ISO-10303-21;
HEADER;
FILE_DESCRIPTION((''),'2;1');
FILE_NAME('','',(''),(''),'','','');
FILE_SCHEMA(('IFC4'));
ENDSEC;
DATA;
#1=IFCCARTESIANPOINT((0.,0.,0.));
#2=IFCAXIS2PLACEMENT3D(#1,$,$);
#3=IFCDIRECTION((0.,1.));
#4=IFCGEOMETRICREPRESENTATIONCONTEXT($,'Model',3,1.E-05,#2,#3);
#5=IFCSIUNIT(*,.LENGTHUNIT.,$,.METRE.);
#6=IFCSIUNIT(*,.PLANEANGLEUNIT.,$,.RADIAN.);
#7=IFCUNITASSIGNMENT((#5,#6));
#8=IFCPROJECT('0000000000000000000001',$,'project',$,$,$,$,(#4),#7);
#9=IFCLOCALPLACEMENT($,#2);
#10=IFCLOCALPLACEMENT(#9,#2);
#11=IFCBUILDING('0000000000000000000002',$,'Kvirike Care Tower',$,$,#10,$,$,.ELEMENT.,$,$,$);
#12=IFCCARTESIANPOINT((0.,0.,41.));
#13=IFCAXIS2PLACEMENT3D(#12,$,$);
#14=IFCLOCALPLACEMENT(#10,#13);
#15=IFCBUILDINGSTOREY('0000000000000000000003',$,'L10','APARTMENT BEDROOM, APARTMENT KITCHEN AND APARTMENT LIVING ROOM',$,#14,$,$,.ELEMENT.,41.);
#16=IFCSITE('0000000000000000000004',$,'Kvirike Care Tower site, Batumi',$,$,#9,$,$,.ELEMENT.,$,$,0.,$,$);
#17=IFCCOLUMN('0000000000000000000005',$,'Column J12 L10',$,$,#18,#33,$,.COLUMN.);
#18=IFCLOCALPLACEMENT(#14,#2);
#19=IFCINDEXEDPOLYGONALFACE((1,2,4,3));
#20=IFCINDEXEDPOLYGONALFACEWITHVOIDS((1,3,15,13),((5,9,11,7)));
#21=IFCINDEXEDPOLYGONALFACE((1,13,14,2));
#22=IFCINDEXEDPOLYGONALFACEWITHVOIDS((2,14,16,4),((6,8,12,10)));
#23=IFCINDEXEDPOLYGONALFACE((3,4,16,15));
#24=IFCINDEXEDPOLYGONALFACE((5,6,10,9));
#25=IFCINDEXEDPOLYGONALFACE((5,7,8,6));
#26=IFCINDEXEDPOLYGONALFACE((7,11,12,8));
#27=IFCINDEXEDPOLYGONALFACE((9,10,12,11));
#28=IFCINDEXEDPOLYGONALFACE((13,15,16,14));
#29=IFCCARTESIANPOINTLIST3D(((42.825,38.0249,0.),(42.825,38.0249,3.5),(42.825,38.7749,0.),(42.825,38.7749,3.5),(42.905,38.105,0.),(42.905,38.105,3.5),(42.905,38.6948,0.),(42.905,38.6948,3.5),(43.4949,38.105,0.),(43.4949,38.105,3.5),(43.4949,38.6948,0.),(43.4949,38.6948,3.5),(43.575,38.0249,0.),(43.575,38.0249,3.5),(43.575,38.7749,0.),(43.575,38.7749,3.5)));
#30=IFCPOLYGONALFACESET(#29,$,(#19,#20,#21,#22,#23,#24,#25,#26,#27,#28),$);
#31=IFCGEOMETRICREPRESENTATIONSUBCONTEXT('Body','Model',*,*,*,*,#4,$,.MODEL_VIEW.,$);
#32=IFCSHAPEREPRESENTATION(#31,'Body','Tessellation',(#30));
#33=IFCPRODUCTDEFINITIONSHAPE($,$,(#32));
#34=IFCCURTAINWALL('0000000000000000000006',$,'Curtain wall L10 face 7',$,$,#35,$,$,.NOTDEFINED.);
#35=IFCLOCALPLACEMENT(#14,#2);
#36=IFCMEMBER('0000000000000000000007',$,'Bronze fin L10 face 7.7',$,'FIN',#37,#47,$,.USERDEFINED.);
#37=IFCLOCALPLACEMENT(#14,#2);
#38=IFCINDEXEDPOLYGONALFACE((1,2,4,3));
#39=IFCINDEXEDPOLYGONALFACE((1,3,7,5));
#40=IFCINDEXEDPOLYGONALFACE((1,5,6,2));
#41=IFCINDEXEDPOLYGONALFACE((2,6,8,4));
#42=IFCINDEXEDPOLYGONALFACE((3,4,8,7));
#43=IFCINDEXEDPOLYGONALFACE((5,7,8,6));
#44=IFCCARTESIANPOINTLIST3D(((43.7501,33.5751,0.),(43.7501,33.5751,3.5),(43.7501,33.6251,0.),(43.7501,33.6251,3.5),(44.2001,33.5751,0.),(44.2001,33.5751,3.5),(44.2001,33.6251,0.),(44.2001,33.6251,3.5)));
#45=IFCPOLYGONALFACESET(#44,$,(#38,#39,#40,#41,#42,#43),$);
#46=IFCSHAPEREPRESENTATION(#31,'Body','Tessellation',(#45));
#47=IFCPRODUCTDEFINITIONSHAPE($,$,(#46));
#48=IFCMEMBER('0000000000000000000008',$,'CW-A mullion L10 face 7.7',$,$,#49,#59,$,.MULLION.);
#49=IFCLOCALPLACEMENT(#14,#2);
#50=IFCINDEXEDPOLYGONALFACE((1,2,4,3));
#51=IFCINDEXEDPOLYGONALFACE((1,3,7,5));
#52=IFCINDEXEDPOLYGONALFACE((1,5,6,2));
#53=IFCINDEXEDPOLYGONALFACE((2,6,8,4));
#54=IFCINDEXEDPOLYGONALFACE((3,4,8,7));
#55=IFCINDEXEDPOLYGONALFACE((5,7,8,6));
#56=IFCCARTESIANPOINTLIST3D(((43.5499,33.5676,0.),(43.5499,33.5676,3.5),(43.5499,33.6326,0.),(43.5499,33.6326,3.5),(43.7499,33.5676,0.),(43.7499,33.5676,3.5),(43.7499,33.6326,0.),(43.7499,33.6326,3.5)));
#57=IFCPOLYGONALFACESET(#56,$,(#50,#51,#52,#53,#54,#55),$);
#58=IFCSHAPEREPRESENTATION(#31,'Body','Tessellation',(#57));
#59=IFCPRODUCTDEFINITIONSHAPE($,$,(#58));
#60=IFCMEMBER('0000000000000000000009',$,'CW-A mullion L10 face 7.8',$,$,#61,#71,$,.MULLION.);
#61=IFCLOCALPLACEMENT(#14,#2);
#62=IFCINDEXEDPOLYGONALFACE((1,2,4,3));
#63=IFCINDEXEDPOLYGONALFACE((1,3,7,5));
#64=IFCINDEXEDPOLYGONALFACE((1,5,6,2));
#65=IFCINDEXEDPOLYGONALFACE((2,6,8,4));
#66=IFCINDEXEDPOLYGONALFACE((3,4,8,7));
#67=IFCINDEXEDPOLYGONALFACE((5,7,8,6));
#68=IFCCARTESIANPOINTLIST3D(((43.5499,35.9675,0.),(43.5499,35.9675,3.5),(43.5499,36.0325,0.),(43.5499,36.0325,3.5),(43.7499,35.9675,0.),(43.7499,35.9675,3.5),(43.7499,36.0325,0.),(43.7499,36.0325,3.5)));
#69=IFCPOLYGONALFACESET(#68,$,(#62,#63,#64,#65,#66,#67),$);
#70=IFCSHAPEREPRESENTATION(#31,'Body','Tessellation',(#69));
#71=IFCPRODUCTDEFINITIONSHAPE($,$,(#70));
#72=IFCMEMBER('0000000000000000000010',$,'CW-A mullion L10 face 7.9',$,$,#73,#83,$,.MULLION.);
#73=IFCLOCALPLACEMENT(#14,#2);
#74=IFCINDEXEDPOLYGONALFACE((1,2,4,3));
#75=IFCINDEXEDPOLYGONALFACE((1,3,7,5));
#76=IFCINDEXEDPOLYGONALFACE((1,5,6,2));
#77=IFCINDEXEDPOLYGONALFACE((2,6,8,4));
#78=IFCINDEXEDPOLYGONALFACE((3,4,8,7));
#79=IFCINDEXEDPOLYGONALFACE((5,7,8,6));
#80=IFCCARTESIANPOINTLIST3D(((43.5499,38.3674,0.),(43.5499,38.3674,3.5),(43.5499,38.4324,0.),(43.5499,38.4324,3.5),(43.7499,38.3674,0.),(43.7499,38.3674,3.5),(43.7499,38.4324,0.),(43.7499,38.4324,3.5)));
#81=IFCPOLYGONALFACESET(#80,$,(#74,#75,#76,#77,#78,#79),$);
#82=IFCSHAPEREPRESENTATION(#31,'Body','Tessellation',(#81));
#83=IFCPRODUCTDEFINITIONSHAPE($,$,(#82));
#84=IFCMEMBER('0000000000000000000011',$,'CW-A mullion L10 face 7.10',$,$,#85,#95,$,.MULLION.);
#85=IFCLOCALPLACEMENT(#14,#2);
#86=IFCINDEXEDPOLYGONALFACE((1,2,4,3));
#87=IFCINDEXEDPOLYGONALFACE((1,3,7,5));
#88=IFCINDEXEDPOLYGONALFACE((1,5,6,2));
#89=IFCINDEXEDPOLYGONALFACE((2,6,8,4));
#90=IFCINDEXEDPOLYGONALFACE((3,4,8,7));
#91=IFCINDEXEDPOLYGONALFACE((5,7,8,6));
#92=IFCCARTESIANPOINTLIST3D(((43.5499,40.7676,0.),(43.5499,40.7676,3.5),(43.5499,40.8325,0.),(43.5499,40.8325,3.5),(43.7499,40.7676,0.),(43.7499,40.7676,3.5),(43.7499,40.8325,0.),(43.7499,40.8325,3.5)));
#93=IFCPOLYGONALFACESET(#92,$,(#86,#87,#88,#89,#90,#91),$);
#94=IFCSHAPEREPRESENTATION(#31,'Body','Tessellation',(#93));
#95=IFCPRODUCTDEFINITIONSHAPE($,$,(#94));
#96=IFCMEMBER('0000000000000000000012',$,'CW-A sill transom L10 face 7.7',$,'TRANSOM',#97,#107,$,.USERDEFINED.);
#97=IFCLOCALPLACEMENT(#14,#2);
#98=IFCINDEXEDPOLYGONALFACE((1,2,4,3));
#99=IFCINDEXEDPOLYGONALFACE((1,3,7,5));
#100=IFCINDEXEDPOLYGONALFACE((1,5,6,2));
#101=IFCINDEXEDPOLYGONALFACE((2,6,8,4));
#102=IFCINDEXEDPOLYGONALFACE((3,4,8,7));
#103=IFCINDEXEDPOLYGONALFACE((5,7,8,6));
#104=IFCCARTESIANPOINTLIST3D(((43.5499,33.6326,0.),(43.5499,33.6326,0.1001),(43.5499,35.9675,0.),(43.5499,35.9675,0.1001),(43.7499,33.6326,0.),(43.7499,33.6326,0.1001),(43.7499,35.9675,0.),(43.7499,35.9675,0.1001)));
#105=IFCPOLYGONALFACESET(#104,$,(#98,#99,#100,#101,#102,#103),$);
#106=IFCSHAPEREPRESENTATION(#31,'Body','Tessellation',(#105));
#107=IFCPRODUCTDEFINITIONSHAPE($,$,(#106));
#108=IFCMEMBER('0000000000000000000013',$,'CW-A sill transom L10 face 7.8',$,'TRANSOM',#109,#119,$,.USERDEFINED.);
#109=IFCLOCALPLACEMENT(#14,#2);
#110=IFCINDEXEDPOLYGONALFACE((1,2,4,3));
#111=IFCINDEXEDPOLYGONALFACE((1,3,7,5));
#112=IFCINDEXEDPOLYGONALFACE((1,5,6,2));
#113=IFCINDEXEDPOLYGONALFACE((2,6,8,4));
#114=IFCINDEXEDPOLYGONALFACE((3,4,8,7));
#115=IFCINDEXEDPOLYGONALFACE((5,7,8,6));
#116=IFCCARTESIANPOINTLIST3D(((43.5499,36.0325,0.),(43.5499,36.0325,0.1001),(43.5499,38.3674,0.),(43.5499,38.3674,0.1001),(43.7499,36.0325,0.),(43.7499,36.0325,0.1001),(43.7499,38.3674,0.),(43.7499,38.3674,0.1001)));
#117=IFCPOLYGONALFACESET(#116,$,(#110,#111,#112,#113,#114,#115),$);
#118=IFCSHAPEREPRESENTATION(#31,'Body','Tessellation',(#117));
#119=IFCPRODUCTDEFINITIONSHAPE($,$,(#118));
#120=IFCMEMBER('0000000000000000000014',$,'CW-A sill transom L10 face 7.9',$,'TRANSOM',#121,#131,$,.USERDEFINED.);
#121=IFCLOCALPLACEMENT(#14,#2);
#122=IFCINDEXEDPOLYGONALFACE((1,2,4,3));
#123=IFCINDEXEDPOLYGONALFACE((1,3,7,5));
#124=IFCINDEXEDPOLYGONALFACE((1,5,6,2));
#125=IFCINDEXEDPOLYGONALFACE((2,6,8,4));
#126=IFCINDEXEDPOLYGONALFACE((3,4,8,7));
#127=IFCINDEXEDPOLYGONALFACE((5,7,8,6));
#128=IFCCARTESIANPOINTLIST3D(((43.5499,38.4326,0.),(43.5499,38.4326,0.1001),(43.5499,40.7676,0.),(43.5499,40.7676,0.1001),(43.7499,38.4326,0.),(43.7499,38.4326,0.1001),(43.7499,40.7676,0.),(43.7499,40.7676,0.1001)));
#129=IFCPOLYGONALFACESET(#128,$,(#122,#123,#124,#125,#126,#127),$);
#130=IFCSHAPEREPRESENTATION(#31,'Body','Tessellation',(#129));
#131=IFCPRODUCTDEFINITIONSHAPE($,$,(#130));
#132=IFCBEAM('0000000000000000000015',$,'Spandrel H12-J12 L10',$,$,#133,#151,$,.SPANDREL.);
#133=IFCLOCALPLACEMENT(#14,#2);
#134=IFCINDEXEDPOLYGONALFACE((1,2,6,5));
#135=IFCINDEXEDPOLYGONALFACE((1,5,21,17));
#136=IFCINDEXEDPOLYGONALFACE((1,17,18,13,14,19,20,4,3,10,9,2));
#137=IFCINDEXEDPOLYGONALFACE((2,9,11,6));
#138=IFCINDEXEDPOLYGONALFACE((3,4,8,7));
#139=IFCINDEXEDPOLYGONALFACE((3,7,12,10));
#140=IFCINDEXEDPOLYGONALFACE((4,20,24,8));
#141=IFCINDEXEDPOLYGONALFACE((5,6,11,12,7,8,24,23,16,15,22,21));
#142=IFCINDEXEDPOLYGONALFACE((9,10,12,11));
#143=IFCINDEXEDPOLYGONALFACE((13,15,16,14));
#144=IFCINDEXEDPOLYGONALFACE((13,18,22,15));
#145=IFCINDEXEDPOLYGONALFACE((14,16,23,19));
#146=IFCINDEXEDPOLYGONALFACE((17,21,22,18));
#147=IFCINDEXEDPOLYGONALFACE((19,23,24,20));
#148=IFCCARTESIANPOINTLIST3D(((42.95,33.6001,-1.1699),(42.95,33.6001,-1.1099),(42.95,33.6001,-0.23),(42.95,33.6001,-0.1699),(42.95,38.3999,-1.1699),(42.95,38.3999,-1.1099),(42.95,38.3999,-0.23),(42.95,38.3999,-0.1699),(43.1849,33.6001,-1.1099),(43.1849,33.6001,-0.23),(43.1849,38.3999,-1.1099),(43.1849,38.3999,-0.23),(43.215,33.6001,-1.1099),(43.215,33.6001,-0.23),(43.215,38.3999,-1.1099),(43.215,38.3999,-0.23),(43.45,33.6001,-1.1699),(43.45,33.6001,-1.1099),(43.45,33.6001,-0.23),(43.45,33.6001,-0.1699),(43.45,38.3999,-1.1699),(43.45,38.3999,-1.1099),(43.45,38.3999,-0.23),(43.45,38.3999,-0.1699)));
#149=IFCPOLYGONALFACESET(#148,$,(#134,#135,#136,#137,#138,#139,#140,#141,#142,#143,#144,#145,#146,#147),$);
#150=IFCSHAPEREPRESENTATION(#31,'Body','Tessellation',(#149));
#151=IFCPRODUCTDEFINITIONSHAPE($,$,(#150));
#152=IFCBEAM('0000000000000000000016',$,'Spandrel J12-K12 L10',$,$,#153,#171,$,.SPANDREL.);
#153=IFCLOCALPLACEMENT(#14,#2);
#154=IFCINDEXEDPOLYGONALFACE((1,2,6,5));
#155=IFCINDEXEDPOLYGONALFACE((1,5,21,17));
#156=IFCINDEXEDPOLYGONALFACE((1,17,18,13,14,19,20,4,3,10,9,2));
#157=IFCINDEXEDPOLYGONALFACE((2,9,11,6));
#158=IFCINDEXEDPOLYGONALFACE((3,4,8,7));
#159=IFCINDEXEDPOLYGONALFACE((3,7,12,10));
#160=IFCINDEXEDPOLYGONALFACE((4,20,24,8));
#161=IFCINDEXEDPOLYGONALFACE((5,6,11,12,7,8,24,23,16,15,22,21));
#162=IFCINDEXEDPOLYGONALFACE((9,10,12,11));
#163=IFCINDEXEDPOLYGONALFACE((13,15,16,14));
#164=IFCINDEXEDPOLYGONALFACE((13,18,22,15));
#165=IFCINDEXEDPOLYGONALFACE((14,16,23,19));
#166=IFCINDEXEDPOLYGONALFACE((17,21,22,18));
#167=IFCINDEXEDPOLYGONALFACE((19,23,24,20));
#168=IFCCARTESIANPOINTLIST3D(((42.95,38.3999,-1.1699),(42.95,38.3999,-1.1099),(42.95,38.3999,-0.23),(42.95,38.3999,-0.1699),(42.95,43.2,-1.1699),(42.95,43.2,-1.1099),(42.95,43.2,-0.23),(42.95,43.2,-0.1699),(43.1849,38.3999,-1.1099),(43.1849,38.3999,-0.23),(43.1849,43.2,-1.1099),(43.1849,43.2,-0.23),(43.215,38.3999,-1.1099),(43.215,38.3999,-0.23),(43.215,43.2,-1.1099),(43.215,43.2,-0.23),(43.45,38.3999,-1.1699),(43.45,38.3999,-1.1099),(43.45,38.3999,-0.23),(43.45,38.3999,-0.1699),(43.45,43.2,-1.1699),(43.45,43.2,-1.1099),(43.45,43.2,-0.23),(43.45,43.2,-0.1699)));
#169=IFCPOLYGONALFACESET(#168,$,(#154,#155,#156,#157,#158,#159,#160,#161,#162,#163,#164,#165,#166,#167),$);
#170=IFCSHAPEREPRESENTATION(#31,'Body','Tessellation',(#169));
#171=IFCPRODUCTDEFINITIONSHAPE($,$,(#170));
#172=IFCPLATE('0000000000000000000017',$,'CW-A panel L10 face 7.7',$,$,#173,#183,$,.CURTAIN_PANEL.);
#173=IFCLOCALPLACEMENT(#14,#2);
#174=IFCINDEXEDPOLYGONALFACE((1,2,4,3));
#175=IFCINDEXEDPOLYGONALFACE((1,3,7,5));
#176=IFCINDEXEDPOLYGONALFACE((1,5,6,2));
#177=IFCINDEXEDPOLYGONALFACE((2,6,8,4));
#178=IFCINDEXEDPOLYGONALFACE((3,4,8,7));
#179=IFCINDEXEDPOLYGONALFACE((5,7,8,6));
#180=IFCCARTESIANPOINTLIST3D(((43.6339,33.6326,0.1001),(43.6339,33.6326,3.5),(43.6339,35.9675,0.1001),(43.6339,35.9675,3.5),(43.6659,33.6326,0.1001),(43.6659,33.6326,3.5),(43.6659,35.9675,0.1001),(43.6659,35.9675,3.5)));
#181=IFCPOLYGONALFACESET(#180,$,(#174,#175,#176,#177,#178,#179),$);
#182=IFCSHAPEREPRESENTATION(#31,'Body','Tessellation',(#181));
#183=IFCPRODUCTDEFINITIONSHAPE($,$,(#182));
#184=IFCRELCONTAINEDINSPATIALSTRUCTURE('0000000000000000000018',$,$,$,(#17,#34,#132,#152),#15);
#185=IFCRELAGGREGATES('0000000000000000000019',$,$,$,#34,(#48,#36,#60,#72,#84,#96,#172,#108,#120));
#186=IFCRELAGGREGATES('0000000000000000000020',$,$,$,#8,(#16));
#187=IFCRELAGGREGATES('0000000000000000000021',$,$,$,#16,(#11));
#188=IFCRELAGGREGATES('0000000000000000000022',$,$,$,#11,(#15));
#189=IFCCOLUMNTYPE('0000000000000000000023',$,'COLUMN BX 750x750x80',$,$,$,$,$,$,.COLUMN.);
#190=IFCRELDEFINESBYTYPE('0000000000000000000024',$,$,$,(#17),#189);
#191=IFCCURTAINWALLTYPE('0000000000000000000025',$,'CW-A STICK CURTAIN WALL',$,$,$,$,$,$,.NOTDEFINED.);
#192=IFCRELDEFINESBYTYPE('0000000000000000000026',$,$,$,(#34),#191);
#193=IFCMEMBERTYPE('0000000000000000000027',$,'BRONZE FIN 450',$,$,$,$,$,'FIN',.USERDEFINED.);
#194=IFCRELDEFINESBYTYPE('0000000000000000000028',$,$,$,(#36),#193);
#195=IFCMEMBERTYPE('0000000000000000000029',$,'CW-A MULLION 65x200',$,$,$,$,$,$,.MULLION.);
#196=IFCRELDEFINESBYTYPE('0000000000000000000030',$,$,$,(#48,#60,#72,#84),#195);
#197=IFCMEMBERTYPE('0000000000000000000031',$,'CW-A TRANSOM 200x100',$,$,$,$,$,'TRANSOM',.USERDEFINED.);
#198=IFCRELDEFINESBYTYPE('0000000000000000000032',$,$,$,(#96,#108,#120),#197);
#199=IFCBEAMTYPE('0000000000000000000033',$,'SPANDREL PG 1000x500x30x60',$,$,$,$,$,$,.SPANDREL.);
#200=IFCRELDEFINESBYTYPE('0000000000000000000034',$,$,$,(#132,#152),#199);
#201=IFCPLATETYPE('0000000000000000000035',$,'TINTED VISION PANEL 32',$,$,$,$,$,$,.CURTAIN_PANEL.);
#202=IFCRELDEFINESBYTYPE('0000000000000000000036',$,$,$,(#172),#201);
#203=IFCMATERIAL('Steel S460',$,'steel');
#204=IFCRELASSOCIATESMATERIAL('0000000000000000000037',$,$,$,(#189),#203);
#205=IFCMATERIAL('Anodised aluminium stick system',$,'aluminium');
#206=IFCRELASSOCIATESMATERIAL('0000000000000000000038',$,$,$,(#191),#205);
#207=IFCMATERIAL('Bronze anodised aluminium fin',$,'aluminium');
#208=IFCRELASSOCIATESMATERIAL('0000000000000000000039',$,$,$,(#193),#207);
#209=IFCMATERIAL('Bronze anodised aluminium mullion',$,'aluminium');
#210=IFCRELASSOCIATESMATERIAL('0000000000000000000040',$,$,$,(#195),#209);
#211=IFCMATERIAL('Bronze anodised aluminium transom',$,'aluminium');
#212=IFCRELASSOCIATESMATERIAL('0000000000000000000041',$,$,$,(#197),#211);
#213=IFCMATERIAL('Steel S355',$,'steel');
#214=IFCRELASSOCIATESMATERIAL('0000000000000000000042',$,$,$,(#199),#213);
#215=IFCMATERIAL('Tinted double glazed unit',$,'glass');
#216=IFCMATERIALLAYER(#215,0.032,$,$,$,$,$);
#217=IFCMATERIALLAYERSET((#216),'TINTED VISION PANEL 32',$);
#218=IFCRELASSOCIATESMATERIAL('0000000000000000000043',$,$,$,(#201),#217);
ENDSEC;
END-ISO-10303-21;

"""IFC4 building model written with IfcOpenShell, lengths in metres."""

from ifc_helpers import new_model, si_unit, direction, frame, origin, origin_2d, place, context, subcontext, project, spatial, rectangle, hollow_rectangle, i_section, extrude, material, layer, layer_set, material_profile, profile_set, type_object, element, aggregate, save


model = new_model("IFC4")

# Units and contexts
model_context = context("Model", 3, precision=1e-05, world=origin(), true_north=direction((0.0, 1.0)))
body_context = subcontext(model_context, "Body", "Model", "MODEL_VIEW")
ifc_project = project(units=[si_unit("LENGTHUNIT", "METRE"), si_unit("PLANEANGLEUNIT", "RADIAN")], contexts=[model_context])

# Site, building, storey
site_placement = place(None, origin())
site = spatial("IfcSite", under=ifc_project, at=site_placement, Name="Kvirike Care Tower site, Batumi", CompositionType="ELEMENT", RefElevation=0.0)
building_placement = place(site_placement, origin())
building = spatial("IfcBuilding", under=site, at=building_placement, Name="Kvirike Care Tower", CompositionType="ELEMENT")
storey_placement = place(building_placement, frame((0.0, 0.0, 41.0)))
storey = spatial("IfcBuildingStorey", under=building, at=storey_placement, Name="L10", Description="APARTMENT BEDROOM, APARTMENT KITCHEN AND APARTMENT LIVING ROOM", CompositionType="ELEMENT", Elevation=41.0)

# Column
ifc_material_1 = material(Name="Steel S460", Category="steel")
ifc_material_profile_1 = material_profile(ifc_material_1, hollow_rectangle(XDim=0.75, YDim=0.75, WallThickness=0.0801, at=origin_2d()), Name="BX 750x750x80")
ifc_profile_set_1 = profile_set([ifc_material_profile_1], Name="Steel S460")
column_type = type_object("IfcColumnType", Name="COLUMN BX 750x750x80", PredefinedType="COLUMN", material=ifc_profile_set_1)
column_placement = place(storey_placement, frame((43.2, 38.3999, 0.0), z_axis=(0.0, 0.0, 1.0), x_axis=(1.0, 0.0, 0.0)))
element("IfcColumn", 1, at=column_placement, inside=storey, type_object=column_type, Name="Column J12 L10", PredefinedType="COLUMN", context=body_context, shape_type="SweptSolid", body=[
    extrude(hollow_rectangle(XDim=0.75, YDim=0.75, WallThickness=0.0801, at=origin_2d()), origin(), (0.0, 0.0, 1.0), 3.5),
])

# Curtain wall, members
ifc_material_2 = material(Name="Anodised aluminium stick system", Category="aluminium")
curtain_wall_type = type_object("IfcCurtainWallType", Name="CW-A STICK CURTAIN WALL", PredefinedType="NOTDEFINED", material=ifc_material_2)
curtain_wall_placement = place(storey_placement, origin())
curtain_wall = element("IfcCurtainWall", 2, at=curtain_wall_placement, inside=storey, type_object=curtain_wall_type, Name="Curtain wall L10 face 7", PredefinedType="NOTDEFINED")
ifc_material_3 = material(Name="Bronze anodised aluminium fin", Category="aluminium")
ifc_material_profile_2 = material_profile(ifc_material_3, rectangle(XDim=0.05, YDim=0.45, at=origin_2d()), Name="BRONZE FIN 450")
ifc_profile_set_2 = profile_set([ifc_material_profile_2], Name="Bronze anodised aluminium fin")
member_type_1 = type_object("IfcMemberType", Name="BRONZE FIN 450", ElementType="FIN", PredefinedType="USERDEFINED", material=ifc_profile_set_2)
member_1_placement = place(storey_placement, frame((43.9751, 33.6001, 0.0), z_axis=(0.0, 0.0, 1.0), x_axis=(0.0, 1.0, 0.0)))
member_1 = element("IfcMember", 3, at=member_1_placement, type_object=member_type_1, Name="Bronze fin L10 face 7.7", ObjectType="FIN", PredefinedType="USERDEFINED", context=body_context, shape_type="SweptSolid", body=[
    extrude(rectangle(XDim=0.05, YDim=0.45, at=origin_2d()), origin(), (0.0, 0.0, 1.0), 3.5),
])
ifc_material_4 = material(Name="Bronze anodised aluminium mullion", Category="aluminium")
ifc_material_profile_3 = material_profile(ifc_material_4, rectangle(XDim=0.0649, YDim=0.2, at=origin_2d()), Name="CW-A MULLION 65x200")
ifc_profile_set_3 = profile_set([ifc_material_profile_3], Name="Bronze anodised aluminium mullion")
member_type_2 = type_object("IfcMemberType", Name="CW-A MULLION 65x200", PredefinedType="MULLION", material=ifc_profile_set_3)
member_2_placement = place(storey_placement, frame((43.6499, 33.6001, 0.0), z_axis=(0.0, 0.0, 1.0), x_axis=(0.0, 1.0, 0.0)))
member_2 = element("IfcMember", 4, at=member_2_placement, type_object=member_type_2, Name="CW-A mullion L10 face 7.7", PredefinedType="MULLION", context=body_context, shape_type="SweptSolid", body=[
    extrude(rectangle(XDim=0.0649, YDim=0.2, at=origin_2d()), origin(), (0.0, 0.0, 1.0), 3.5),
])
member_3_placement = place(storey_placement, frame((43.6499, 36.0, 0.0), z_axis=(0.0, 0.0, 1.0), x_axis=(0.0, 1.0, 0.0)))
member_3 = element("IfcMember", 5, at=member_3_placement, type_object=member_type_2, Name="CW-A mullion L10 face 7.8", PredefinedType="MULLION", context=body_context, shape_type="SweptSolid", body=[
    extrude(rectangle(XDim=0.0649, YDim=0.2, at=origin_2d()), origin(), (0.0, 0.0, 1.0), 3.5),
])
member_4_placement = place(storey_placement, frame((43.6499, 38.3999, 0.0), z_axis=(0.0, 0.0, 1.0), x_axis=(0.0, 1.0, 0.0)))
member_4 = element("IfcMember", 6, at=member_4_placement, type_object=member_type_2, Name="CW-A mullion L10 face 7.9", PredefinedType="MULLION", context=body_context, shape_type="SweptSolid", body=[
    extrude(rectangle(XDim=0.0649, YDim=0.2, at=origin_2d()), origin(), (0.0, 0.0, 1.0), 3.5),
])
member_5_placement = place(storey_placement, frame((43.6499, 40.8, 0.0), z_axis=(0.0, 0.0, 1.0), x_axis=(0.0, 1.0, 0.0)))
member_5 = element("IfcMember", 7, at=member_5_placement, type_object=member_type_2, Name="CW-A mullion L10 face 7.10", PredefinedType="MULLION", context=body_context, shape_type="SweptSolid", body=[
    extrude(rectangle(XDim=0.0649, YDim=0.2, at=origin_2d()), origin(), (0.0, 0.0, 1.0), 3.5),
])
ifc_material_5 = material(Name="Bronze anodised aluminium transom", Category="aluminium")
ifc_material_profile_4 = material_profile(ifc_material_5, rectangle(XDim=0.2, YDim=0.1001, at=origin_2d()), Name="CW-A TRANSOM 200x100")
ifc_profile_set_4 = profile_set([ifc_material_profile_4], Name="Bronze anodised aluminium transom")
member_type_3 = type_object("IfcMemberType", Name="CW-A TRANSOM 200x100", ElementType="TRANSOM", PredefinedType="USERDEFINED", material=ifc_profile_set_4)
member_6_placement = place(storey_placement, frame((43.6499, 33.6326, 0.05), z_axis=(0.0, 1.0, 0.0), x_axis=(-1.0, 0.0, 0.0)))
member_6 = element("IfcMember", 8, at=member_6_placement, type_object=member_type_3, Name="CW-A sill transom L10 face 7.7", ObjectType="TRANSOM", PredefinedType="USERDEFINED", context=body_context, shape_type="SweptSolid", body=[
    extrude(rectangle(XDim=0.2, YDim=0.1001, at=origin_2d()), origin(), (0.0, 0.0, 1.0), 2.335),
])
member_7_placement = place(storey_placement, frame((43.6499, 36.0325, 0.05), z_axis=(0.0, 1.0, 0.0), x_axis=(-1.0, 0.0, 0.0)))
member_7 = element("IfcMember", 9, at=member_7_placement, type_object=member_type_3, Name="CW-A sill transom L10 face 7.8", ObjectType="TRANSOM", PredefinedType="USERDEFINED", context=body_context, shape_type="SweptSolid", body=[
    extrude(rectangle(XDim=0.2, YDim=0.1001, at=origin_2d()), origin(), (0.0, 0.0, 1.0), 2.335),
])
member_8_placement = place(storey_placement, frame((43.6499, 38.4326, 0.05), z_axis=(0.0, 1.0, 0.0), x_axis=(-1.0, 0.0, 0.0)))
member_8 = element("IfcMember", 10, at=member_8_placement, type_object=member_type_3, Name="CW-A sill transom L10 face 7.9", ObjectType="TRANSOM", PredefinedType="USERDEFINED", context=body_context, shape_type="SweptSolid", body=[
    extrude(rectangle(XDim=0.2, YDim=0.1001, at=origin_2d()), origin(), (0.0, 0.0, 1.0), 2.335),
])

# Beams
ifc_material_6 = material(Name="Steel S355", Category="steel")
ifc_material_profile_5 = material_profile(ifc_material_6, i_section(OverallWidth=0.5, OverallDepth=1.0, WebThickness=0.03, FlangeThickness=0.0601, at=origin_2d()), Name="PG 1000x500x30x60")
ifc_profile_set_5 = profile_set([ifc_material_profile_5], Name="Steel S355")
beam_type = type_object("IfcBeamType", Name="SPANDREL PG 1000x500x30x60", PredefinedType="SPANDREL", material=ifc_profile_set_5)
beam_1_placement = place(storey_placement, frame((43.2, 33.6001, -0.6699), z_axis=(0.0, 1.0, 0.0), x_axis=(-1.0, 0.0, 0.0)))
element("IfcBeam", 11, at=beam_1_placement, inside=storey, type_object=beam_type, Name="Spandrel H12-J12 L10", PredefinedType="SPANDREL", context=body_context, shape_type="SweptSolid", body=[
    extrude(i_section(OverallWidth=0.5, OverallDepth=1.0, WebThickness=0.03, FlangeThickness=0.0601, at=origin_2d()), origin(), (0.0, 0.0, 1.0), 4.7998),
])
beam_2_placement = place(storey_placement, frame((43.2, 38.3999, -0.6699), z_axis=(0.0, 1.0, 0.0), x_axis=(-1.0, 0.0, 0.0)))
element("IfcBeam", 12, at=beam_2_placement, inside=storey, type_object=beam_type, Name="Spandrel J12-K12 L10", PredefinedType="SPANDREL", context=body_context, shape_type="SweptSolid", body=[
    extrude(i_section(OverallWidth=0.5, OverallDepth=1.0, WebThickness=0.03, FlangeThickness=0.0601, at=origin_2d()), origin(), (0.0, 0.0, 1.0), 4.8),
])

# Plate
ifc_material_7 = material(Name="Tinted double glazed unit", Category="glass")
ifc_layer_1 = layer(ifc_material_7, 0.032)
ifc_layer_set_1 = layer_set([ifc_layer_1], Name="TINTED VISION PANEL 32")
plate_type = type_object("IfcPlateType", Name="TINTED VISION PANEL 32", PredefinedType="CURTAIN_PANEL", material=ifc_layer_set_1)
plate_1_placement = place(storey_placement, frame((43.6499, 34.8, 0.1001), z_axis=(0.0, 0.0, 1.0), x_axis=(0.0, 1.0, 0.0)))
plate_1 = element("IfcPlate", 13, at=plate_1_placement, type_object=plate_type, Name="CW-A panel L10 face 7.7", PredefinedType="CURTAIN_PANEL", context=body_context, shape_type="SweptSolid", body=[
    extrude(rectangle(XDim=2.335, YDim=0.032, at=origin_2d()), origin(), (0.0, 0.0, 1.0), 3.3999),
])
aggregate(curtain_wall, [member_2, member_1, member_3, member_4, member_5, member_6, plate_1, member_7, member_8])

save(model, "model.ifc")
